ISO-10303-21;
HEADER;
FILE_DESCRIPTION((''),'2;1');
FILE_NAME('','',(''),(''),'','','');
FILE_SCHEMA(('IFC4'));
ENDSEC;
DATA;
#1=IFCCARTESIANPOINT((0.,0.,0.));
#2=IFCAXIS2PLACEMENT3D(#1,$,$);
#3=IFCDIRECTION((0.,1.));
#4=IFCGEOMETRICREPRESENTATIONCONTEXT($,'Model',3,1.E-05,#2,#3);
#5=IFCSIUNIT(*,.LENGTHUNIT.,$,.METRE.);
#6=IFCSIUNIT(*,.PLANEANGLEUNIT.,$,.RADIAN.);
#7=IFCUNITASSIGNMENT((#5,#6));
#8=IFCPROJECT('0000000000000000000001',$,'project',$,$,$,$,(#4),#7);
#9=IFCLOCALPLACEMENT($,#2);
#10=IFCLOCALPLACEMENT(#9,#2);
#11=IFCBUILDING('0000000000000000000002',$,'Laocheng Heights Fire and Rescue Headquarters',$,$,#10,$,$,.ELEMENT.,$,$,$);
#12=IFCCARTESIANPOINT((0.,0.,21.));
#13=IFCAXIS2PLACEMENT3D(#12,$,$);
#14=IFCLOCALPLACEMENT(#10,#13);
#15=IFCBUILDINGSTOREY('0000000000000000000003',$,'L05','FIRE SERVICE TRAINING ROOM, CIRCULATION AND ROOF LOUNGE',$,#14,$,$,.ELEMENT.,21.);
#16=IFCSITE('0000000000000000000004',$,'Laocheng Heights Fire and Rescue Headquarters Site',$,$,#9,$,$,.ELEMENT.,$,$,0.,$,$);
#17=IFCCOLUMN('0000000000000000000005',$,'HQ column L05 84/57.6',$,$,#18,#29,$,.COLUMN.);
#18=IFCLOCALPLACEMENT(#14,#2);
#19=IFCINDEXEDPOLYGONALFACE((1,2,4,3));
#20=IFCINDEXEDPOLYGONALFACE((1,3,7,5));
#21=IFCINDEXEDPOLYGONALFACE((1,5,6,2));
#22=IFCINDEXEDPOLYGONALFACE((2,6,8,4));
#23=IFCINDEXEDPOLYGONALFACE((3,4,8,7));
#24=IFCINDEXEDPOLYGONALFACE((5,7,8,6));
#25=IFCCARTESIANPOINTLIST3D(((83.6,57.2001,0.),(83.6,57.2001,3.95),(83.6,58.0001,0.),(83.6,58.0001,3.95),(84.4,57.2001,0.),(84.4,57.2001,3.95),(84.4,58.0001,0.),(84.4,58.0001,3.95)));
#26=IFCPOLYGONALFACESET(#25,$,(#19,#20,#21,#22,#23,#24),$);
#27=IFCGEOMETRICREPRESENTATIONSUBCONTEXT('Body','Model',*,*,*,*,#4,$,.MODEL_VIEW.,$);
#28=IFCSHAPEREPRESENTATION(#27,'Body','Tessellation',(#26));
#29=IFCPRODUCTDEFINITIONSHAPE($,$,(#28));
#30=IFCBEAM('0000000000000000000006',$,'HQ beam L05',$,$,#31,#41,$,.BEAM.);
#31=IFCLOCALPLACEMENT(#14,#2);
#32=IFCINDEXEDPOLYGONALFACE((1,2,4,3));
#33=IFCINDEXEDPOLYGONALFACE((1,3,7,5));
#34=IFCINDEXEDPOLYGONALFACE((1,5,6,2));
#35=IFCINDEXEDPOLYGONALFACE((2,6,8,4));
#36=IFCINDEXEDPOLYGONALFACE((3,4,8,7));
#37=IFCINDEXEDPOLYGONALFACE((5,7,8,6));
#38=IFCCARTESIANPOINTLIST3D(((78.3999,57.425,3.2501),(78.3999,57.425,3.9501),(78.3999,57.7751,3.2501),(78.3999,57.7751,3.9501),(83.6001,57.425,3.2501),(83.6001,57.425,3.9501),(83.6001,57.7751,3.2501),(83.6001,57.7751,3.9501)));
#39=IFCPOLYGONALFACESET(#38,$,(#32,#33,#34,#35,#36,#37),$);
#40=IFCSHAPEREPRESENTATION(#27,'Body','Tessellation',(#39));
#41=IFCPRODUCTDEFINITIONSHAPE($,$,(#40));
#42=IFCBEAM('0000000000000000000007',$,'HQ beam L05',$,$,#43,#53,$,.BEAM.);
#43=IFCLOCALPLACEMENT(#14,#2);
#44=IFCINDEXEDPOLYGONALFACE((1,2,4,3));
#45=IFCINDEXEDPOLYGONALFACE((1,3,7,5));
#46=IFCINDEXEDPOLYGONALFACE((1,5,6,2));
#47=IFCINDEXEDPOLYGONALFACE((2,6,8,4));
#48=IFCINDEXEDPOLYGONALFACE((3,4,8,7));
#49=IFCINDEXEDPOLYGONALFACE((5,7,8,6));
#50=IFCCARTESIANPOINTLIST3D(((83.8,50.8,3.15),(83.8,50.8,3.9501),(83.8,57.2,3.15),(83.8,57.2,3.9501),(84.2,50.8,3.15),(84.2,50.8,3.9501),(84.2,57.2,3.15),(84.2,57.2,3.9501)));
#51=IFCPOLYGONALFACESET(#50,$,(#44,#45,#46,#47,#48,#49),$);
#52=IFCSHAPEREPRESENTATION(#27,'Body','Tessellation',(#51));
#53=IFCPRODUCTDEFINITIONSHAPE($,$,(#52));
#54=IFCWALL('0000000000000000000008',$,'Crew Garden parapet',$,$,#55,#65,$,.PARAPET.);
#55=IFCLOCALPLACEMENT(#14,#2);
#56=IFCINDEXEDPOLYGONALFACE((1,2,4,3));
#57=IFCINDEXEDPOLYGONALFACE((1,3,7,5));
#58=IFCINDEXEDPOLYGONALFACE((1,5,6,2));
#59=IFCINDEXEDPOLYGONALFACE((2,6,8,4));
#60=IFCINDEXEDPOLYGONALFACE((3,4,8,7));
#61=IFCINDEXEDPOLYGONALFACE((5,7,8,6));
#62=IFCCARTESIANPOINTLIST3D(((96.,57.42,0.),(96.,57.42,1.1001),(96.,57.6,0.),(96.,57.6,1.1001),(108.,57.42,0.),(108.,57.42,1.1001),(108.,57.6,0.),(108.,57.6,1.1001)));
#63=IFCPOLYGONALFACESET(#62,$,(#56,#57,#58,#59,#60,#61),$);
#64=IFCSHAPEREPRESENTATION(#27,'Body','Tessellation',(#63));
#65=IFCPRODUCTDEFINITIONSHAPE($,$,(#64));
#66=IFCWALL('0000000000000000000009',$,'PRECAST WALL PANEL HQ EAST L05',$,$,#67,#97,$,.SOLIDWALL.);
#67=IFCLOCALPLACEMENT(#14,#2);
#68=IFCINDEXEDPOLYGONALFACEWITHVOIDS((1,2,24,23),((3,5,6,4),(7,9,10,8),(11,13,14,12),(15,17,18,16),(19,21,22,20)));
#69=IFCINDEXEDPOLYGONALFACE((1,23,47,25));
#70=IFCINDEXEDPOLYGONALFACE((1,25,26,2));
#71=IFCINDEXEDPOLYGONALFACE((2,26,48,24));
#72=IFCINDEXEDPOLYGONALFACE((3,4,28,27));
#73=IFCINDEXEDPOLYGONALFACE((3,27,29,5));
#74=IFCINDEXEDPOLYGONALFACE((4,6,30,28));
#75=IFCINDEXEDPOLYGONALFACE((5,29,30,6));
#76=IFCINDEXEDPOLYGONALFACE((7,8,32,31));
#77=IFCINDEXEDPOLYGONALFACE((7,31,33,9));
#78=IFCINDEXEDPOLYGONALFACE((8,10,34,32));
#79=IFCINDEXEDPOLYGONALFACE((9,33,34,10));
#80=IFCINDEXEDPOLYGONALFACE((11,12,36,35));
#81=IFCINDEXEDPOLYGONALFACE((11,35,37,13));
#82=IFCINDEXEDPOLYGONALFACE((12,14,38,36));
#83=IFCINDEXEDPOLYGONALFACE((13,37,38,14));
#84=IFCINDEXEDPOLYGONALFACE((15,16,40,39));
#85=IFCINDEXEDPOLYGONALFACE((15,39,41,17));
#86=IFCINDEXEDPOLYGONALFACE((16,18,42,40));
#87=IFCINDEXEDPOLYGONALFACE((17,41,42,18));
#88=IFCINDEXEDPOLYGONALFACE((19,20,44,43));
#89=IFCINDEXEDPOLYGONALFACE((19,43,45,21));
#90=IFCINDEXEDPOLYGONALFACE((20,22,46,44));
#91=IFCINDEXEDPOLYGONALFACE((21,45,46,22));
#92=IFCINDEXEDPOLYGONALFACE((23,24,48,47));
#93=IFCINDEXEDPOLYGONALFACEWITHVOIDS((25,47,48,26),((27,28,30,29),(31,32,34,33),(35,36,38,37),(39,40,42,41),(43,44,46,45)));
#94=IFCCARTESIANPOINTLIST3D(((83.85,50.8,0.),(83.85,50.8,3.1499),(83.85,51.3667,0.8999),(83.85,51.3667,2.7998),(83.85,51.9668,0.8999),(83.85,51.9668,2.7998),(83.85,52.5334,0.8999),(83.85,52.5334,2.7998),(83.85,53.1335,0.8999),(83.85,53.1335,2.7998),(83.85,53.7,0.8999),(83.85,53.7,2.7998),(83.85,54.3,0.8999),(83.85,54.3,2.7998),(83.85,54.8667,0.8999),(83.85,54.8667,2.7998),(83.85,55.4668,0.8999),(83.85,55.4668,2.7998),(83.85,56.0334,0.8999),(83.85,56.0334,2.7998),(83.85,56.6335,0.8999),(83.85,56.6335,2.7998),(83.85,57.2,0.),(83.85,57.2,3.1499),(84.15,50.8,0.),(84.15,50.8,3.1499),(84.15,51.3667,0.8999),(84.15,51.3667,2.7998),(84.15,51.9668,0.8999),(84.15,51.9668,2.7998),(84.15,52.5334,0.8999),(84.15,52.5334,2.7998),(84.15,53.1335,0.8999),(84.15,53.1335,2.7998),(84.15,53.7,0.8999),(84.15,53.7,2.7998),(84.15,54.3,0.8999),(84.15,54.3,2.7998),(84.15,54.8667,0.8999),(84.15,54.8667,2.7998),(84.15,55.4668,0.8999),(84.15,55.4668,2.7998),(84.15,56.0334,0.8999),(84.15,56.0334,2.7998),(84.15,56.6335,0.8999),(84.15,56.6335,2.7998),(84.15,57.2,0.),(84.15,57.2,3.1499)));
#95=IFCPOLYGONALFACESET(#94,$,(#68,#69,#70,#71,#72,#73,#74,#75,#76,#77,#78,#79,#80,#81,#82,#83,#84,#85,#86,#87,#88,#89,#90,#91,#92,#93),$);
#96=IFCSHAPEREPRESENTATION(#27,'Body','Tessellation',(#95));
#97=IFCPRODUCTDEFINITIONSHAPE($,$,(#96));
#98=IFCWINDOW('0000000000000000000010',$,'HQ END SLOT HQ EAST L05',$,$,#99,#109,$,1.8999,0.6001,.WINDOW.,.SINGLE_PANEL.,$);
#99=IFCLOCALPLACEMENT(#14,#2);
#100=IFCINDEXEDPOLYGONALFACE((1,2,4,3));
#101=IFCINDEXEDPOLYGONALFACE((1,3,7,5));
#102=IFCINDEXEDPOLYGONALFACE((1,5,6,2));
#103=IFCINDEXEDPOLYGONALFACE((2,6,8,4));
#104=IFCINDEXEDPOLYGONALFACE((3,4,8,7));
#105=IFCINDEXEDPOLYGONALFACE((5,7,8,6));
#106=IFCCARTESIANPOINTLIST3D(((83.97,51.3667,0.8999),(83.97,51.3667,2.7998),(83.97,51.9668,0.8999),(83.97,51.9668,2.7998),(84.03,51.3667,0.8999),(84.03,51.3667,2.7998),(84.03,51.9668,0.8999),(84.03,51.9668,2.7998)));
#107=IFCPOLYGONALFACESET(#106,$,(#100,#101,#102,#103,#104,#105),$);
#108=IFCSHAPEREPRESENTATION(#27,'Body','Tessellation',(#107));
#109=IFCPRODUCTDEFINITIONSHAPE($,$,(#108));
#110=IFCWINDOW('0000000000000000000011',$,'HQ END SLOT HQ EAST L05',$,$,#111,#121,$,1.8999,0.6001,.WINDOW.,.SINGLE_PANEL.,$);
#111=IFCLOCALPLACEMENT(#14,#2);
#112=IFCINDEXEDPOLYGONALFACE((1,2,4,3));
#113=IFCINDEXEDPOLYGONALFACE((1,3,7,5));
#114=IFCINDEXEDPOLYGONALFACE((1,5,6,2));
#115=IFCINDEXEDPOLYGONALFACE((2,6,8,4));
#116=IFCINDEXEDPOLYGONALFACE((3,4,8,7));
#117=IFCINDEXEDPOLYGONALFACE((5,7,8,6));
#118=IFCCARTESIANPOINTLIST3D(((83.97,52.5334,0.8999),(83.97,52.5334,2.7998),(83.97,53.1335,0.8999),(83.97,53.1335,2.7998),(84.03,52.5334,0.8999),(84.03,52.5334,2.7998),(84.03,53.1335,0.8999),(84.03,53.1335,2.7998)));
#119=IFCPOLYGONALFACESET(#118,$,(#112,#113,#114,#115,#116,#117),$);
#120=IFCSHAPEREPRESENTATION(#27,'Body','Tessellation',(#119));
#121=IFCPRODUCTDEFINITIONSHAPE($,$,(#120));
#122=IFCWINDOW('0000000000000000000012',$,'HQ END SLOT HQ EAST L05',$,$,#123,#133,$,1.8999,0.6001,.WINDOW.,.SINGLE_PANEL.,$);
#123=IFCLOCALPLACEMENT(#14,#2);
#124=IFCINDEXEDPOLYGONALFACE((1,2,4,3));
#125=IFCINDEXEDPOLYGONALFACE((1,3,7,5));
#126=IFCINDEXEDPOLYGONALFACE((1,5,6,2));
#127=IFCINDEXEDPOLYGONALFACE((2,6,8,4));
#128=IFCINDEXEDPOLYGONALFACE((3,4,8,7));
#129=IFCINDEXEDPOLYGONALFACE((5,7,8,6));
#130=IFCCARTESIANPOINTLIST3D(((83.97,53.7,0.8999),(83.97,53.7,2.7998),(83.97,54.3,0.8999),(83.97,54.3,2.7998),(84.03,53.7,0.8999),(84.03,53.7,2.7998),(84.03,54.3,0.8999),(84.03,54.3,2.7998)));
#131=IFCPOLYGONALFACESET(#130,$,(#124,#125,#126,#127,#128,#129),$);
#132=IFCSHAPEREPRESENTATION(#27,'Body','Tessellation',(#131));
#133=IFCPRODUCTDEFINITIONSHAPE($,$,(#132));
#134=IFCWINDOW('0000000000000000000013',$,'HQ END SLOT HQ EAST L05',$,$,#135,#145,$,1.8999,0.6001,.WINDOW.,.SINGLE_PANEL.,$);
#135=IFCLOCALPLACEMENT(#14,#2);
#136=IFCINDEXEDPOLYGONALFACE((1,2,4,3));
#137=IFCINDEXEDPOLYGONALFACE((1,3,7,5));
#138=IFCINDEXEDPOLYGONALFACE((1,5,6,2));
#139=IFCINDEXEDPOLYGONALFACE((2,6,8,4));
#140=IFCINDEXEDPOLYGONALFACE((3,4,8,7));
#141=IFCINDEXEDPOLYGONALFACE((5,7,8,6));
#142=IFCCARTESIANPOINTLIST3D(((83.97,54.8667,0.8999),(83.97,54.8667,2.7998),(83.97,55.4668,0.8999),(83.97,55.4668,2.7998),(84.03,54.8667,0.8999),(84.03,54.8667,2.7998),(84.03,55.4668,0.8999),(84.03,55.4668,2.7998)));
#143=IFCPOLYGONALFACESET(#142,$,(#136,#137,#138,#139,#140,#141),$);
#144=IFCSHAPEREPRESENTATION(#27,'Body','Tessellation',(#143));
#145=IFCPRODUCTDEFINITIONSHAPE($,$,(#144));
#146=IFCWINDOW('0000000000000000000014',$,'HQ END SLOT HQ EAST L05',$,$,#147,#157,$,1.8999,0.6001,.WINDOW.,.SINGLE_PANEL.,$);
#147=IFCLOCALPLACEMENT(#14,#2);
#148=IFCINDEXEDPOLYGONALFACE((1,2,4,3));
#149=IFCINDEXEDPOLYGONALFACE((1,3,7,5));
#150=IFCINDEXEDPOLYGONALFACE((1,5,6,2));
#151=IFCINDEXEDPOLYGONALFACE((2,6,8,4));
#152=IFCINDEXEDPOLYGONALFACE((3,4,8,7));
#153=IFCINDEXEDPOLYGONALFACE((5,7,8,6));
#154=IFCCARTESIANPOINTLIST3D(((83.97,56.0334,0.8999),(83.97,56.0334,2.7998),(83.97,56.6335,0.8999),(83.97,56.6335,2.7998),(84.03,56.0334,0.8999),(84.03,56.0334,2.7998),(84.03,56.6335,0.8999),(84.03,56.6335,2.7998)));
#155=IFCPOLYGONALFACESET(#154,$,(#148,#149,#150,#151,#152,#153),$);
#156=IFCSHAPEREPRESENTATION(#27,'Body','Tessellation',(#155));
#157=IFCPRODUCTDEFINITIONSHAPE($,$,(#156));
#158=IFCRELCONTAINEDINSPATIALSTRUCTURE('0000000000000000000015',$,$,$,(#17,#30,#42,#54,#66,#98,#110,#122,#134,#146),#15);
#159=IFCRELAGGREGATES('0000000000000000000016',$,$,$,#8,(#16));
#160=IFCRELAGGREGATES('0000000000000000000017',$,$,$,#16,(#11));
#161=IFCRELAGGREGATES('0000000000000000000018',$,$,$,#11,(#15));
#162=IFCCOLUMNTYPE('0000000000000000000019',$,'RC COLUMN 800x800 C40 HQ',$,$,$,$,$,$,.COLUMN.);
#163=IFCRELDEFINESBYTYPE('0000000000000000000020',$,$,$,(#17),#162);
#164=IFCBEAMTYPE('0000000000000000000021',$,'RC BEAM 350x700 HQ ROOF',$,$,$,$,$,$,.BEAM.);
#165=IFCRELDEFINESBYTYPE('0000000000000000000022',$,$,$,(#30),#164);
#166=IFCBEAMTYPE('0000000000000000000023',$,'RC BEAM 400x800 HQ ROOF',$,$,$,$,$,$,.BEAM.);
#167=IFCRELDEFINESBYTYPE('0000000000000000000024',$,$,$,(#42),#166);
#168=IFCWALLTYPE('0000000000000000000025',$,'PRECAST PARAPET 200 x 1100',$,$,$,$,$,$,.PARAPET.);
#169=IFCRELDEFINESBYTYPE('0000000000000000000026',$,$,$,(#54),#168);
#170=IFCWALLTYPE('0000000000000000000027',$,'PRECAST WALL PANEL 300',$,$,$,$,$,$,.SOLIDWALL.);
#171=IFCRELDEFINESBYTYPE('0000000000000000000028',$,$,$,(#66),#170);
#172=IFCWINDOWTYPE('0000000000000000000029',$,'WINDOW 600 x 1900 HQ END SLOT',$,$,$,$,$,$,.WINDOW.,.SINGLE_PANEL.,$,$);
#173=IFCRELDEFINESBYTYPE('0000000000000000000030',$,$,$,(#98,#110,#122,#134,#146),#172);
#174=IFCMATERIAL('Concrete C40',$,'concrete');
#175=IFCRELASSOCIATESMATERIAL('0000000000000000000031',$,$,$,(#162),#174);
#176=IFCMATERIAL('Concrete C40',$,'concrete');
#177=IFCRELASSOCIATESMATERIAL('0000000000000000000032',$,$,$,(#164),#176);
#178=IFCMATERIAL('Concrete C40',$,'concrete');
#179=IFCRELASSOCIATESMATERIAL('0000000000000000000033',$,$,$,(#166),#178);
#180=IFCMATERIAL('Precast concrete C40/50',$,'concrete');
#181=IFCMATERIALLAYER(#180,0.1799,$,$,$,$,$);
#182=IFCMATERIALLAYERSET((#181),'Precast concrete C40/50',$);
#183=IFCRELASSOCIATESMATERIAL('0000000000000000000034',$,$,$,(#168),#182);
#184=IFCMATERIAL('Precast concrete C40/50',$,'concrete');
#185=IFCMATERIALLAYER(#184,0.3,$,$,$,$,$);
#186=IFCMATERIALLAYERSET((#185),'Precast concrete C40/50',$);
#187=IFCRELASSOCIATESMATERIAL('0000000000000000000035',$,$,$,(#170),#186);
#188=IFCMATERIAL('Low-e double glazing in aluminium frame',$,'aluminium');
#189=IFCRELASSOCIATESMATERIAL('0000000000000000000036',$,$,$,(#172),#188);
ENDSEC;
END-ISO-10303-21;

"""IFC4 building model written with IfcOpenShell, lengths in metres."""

from ifc_helpers import new_model, si_unit, direction, frame, frame_2d, origin, origin_2d, place, context, subcontext, project, spatial, rectangle, extrude, material, layer, layer_set, material_profile, profile_set, type_object, element, fill, save


model = new_model("IFC4")

# Units and contexts
model_context = context("Model", 3, precision=1e-05, world=origin(), true_north=direction((0.0, 1.0)))
body_context = subcontext(model_context, "Body", "Model", "MODEL_VIEW")
ifc_project = project(units=[si_unit("LENGTHUNIT", "METRE"), si_unit("PLANEANGLEUNIT", "RADIAN")], contexts=[model_context])

# Site, building, storey
site_placement = place(None, origin())
site = spatial("IfcSite", under=ifc_project, at=site_placement, Name="Laocheng Heights Fire and Rescue Headquarters Site", CompositionType="ELEMENT", RefElevation=0.0)
building_placement = place(site_placement, origin())
building = spatial("IfcBuilding", under=site, at=building_placement, Name="Laocheng Heights Fire and Rescue Headquarters", CompositionType="ELEMENT")
storey_placement = place(building_placement, frame((0.0, 0.0, 21.0)))
storey = spatial("IfcBuildingStorey", under=building, at=storey_placement, Name="L05", Description="FIRE SERVICE TRAINING ROOM, CIRCULATION AND ROOF LOUNGE", CompositionType="ELEMENT", Elevation=21.0)

# Column
ifc_material_1 = material(Name="Concrete C40", Category="concrete")
ifc_material_profile_1 = material_profile(ifc_material_1, rectangle(XDim=0.8, YDim=0.8, at=origin_2d()), Name="RC COLUMN 800x800 C40 HQ")
ifc_profile_set_1 = profile_set([ifc_material_profile_1], Name="Concrete C40")
column_type = type_object("IfcColumnType", Name="RC COLUMN 800x800 C40 HQ", PredefinedType="COLUMN", material=ifc_profile_set_1)
column_placement = place(storey_placement, frame((84.0, 57.6001, 0.0), z_axis=(0.0, 0.0, 1.0), x_axis=(1.0, 0.0, 0.0)))
element("IfcColumn", 1, at=column_placement, inside=storey, type_object=column_type, Name="HQ column L05 84/57.6", PredefinedType="COLUMN", context=body_context, shape_type="SweptSolid", body=[
    extrude(rectangle(XDim=0.8, YDim=0.8, at=origin_2d()), origin(), (0.0, 0.0, 1.0), 3.95),
])

# Beams
ifc_material_2 = material(Name="Concrete C40", Category="concrete")
ifc_material_profile_2 = material_profile(ifc_material_2, rectangle(XDim=0.3501, YDim=0.7, at=origin_2d()), Name="RC BEAM 350x700 HQ ROOF")
ifc_profile_set_2 = profile_set([ifc_material_profile_2], Name="Concrete C40")
beam_type_1 = type_object("IfcBeamType", Name="RC BEAM 350x700 HQ ROOF", PredefinedType="BEAM", material=ifc_profile_set_2)
beam_1_placement = place(storey_placement, frame((78.3999, 57.6001, 3.6001), z_axis=(1.0, 0.0, 0.0), x_axis=(0.0, 1.0, 0.0)))
element("IfcBeam", 2, at=beam_1_placement, inside=storey, type_object=beam_type_1, Name="HQ beam L05", PredefinedType="BEAM", context=body_context, shape_type="SweptSolid", body=[
    extrude(rectangle(XDim=0.3501, YDim=0.7, at=origin_2d()), origin(), (0.0, 0.0, 1.0), 5.2002),
])
ifc_material_3 = material(Name="Concrete C40", Category="concrete")
ifc_material_profile_3 = material_profile(ifc_material_3, rectangle(XDim=0.3999, YDim=0.8, at=origin_2d()), Name="RC BEAM 400x800 HQ ROOF")
ifc_profile_set_3 = profile_set([ifc_material_profile_3], Name="Concrete C40")
beam_type_2 = type_object("IfcBeamType", Name="RC BEAM 400x800 HQ ROOF", PredefinedType="BEAM", material=ifc_profile_set_3)
beam_2_placement = place(storey_placement, frame((84.0, 50.8, 3.55), z_axis=(0.0, 1.0, 0.0), x_axis=(-1.0, 0.0, 0.0)))
element("IfcBeam", 3, at=beam_2_placement, inside=storey, type_object=beam_type_2, Name="HQ beam L05", PredefinedType="BEAM", context=body_context, shape_type="SweptSolid", body=[
    extrude(rectangle(XDim=0.3999, YDim=0.8, at=origin_2d()), origin(), (0.0, 0.0, 1.0), 6.3999),
])

# Wall
ifc_material_4 = material(Name="Precast concrete C40/50", Category="concrete")
ifc_layer_1 = layer(ifc_material_4, 0.1799)
ifc_layer_set_1 = layer_set([ifc_layer_1], Name="Precast concrete C40/50")
wall_type_1 = type_object("IfcWallType", Name="PRECAST PARAPET 200 x 1100", PredefinedType="PARAPET", material=ifc_layer_set_1)
wall_1_placement = place(storey_placement, frame((96.0, 57.51, 0.0), z_axis=(0.0, 0.0, 1.0), x_axis=(1.0, 0.0, 0.0)))
element("IfcWall", 4, at=wall_1_placement, inside=storey, type_object=wall_type_1, Name="Crew Garden parapet", PredefinedType="PARAPET", context=body_context, shape_type="SweptSolid", body=[
    extrude(rectangle(XDim=12.0, YDim=0.1799, at=frame_2d((6.0, 0.0))), origin(), (0.0, 0.0, 1.0), 1.1001),
])

# Wall, openings, windows
ifc_material_5 = material(Name="Precast concrete C40/50", Category="concrete")
ifc_layer_2 = layer(ifc_material_5, 0.3)
ifc_layer_set_2 = layer_set([ifc_layer_2], Name="Precast concrete C40/50")
wall_type_2 = type_object("IfcWallType", Name="PRECAST WALL PANEL 300", PredefinedType="SOLIDWALL", material=ifc_layer_set_2)
wall_2_placement = place(storey_placement, frame((84.0, 50.8, 0.0), z_axis=(0.0, 0.0, 1.0), x_axis=(0.0, 1.0, 0.0)))
wall_2 = element("IfcWall", 5, at=wall_2_placement, inside=storey, type_object=wall_type_2, Name="PRECAST WALL PANEL HQ EAST L05", PredefinedType="SOLIDWALL", context=body_context, shape_type="SweptSolid", body=[
    extrude(rectangle(XDim=6.3999, YDim=0.3, at=frame_2d((3.2, 0.0))), origin(), (0.0, 0.0, 1.0), 3.1499),
])
opening_1_placement = place(wall_2_placement, frame((0.5667, 0.0, 0.8999)))
opening_1 = element("IfcOpeningElement", 6, at=opening_1_placement, cuts=wall_2, PredefinedType="OPENING", context=body_context, shape_type="SweptSolid", body=[
    extrude(rectangle(XDim=0.6001, YDim=1.8999, at=frame_2d((0.3, 0.95))), frame((0.0, 0.1599, 0.0), z_axis=(0.0, -1.0, 0.0), x_axis=(1.0, 0.0, 0.0)), (0.0, 0.0, 1.0), 0.3201),
])
opening_2_placement = place(wall_2_placement, frame((1.7334, 0.0, 0.8999)))
opening_2 = element("IfcOpeningElement", 7, at=opening_2_placement, cuts=wall_2, PredefinedType="OPENING", context=body_context, shape_type="SweptSolid", body=[
    extrude(rectangle(XDim=0.6001, YDim=1.8999, at=frame_2d((0.3, 0.95))), frame((0.0, 0.1599, 0.0), z_axis=(0.0, -1.0, 0.0), x_axis=(1.0, 0.0, 0.0)), (0.0, 0.0, 1.0), 0.3201),
])
opening_3_placement = place(wall_2_placement, frame((2.8999, 0.0, 0.8999)))
opening_3 = element("IfcOpeningElement", 8, at=opening_3_placement, cuts=wall_2, PredefinedType="OPENING", context=body_context, shape_type="SweptSolid", body=[
    extrude(rectangle(XDim=0.6001, YDim=1.8999, at=frame_2d((0.3, 0.95))), frame((0.0, 0.1599, 0.0), z_axis=(0.0, -1.0, 0.0), x_axis=(1.0, 0.0, 0.0)), (0.0, 0.0, 1.0), 0.3201),
])
opening_4_placement = place(wall_2_placement, frame((4.0667, 0.0, 0.8999)))
opening_4 = element("IfcOpeningElement", 9, at=opening_4_placement, cuts=wall_2, PredefinedType="OPENING", context=body_context, shape_type="SweptSolid", body=[
    extrude(rectangle(XDim=0.6001, YDim=1.8999, at=frame_2d((0.3, 0.95))), frame((0.0, 0.1599, 0.0), z_axis=(0.0, -1.0, 0.0), x_axis=(1.0, 0.0, 0.0)), (0.0, 0.0, 1.0), 0.3201),
])
opening_5_placement = place(wall_2_placement, frame((5.2334, 0.0, 0.8999)))
opening_5 = element("IfcOpeningElement", 10, at=opening_5_placement, cuts=wall_2, PredefinedType="OPENING", context=body_context, shape_type="SweptSolid", body=[
    extrude(rectangle(XDim=0.6001, YDim=1.8999, at=frame_2d((0.3, 0.95))), frame((0.0, 0.1599, 0.0), z_axis=(0.0, -1.0, 0.0), x_axis=(1.0, 0.0, 0.0)), (0.0, 0.0, 1.0), 0.3201),
])
ifc_material_6 = material(Name="Low-e double glazing in aluminium frame", Category="aluminium")
window_type = type_object("IfcWindowType", Name="WINDOW 600 x 1900 HQ END SLOT", PartitioningType="SINGLE_PANEL", PredefinedType="WINDOW", material=ifc_material_6)
window_1_placement = place(opening_1_placement, origin())
window_1 = element("IfcWindow", 11, at=window_1_placement, inside=storey, type_object=window_type, Name="HQ END SLOT HQ EAST L05", OverallHeight=1.8999, OverallWidth=0.6001, PartitioningType="SINGLE_PANEL", PredefinedType="WINDOW", context=body_context, shape_type="SweptSolid", body=[
    extrude(rectangle(XDim=0.6001, YDim=1.8999, at=frame_2d((0.3, 0.95))), frame((0.0, 0.03, 0.0), z_axis=(0.0, -1.0, 0.0), x_axis=(1.0, 0.0, 0.0)), (0.0, 0.0, 1.0), 0.0601),
])
fill(opening_1, window_1)
window_2_placement = place(opening_2_placement, origin())
window_2 = element("IfcWindow", 12, at=window_2_placement, inside=storey, type_object=window_type, Name="HQ END SLOT HQ EAST L05", OverallHeight=1.8999, OverallWidth=0.6001, PartitioningType="SINGLE_PANEL", PredefinedType="WINDOW", context=body_context, shape_type="SweptSolid", body=[
    extrude(rectangle(XDim=0.6001, YDim=1.8999, at=frame_2d((0.3, 0.95))), frame((0.0, 0.03, 0.0), z_axis=(0.0, -1.0, 0.0), x_axis=(1.0, 0.0, 0.0)), (0.0, 0.0, 1.0), 0.0601),
])
fill(opening_2, window_2)
window_3_placement = place(opening_3_placement, origin())
window_3 = element("IfcWindow", 13, at=window_3_placement, inside=storey, type_object=window_type, Name="HQ END SLOT HQ EAST L05", OverallHeight=1.8999, OverallWidth=0.6001, PartitioningType="SINGLE_PANEL", PredefinedType="WINDOW", context=body_context, shape_type="SweptSolid", body=[
    extrude(rectangle(XDim=0.6001, YDim=1.8999, at=frame_2d((0.3, 0.95))), frame((0.0, 0.03, 0.0), z_axis=(0.0, -1.0, 0.0), x_axis=(1.0, 0.0, 0.0)), (0.0, 0.0, 1.0), 0.0601),
])
fill(opening_3, window_3)
window_4_placement = place(opening_4_placement, origin())
window_4 = element("IfcWindow", 14, at=window_4_placement, inside=storey, type_object=window_type, Name="HQ END SLOT HQ EAST L05", OverallHeight=1.8999, OverallWidth=0.6001, PartitioningType="SINGLE_PANEL", PredefinedType="WINDOW", context=body_context, shape_type="SweptSolid", body=[
    extrude(rectangle(XDim=0.6001, YDim=1.8999, at=frame_2d((0.3, 0.95))), frame((0.0, 0.03, 0.0), z_axis=(0.0, -1.0, 0.0), x_axis=(1.0, 0.0, 0.0)), (0.0, 0.0, 1.0), 0.0601),
])
fill(opening_4, window_4)
window_5_placement = place(opening_5_placement, origin())
window_5 = element("IfcWindow", 15, at=window_5_placement, inside=storey, type_object=window_type, Name="HQ END SLOT HQ EAST L05", OverallHeight=1.8999, OverallWidth=0.6001, PartitioningType="SINGLE_PANEL", PredefinedType="WINDOW", context=body_context, shape_type="SweptSolid", body=[
    extrude(rectangle(XDim=0.6001, YDim=1.8999, at=frame_2d((0.3, 0.95))), frame((0.0, 0.03, 0.0), z_axis=(0.0, -1.0, 0.0), x_axis=(1.0, 0.0, 0.0)), (0.0, 0.0, 1.0), 0.0601),
])
fill(opening_5, window_5)

save(model, "model.ifc")
